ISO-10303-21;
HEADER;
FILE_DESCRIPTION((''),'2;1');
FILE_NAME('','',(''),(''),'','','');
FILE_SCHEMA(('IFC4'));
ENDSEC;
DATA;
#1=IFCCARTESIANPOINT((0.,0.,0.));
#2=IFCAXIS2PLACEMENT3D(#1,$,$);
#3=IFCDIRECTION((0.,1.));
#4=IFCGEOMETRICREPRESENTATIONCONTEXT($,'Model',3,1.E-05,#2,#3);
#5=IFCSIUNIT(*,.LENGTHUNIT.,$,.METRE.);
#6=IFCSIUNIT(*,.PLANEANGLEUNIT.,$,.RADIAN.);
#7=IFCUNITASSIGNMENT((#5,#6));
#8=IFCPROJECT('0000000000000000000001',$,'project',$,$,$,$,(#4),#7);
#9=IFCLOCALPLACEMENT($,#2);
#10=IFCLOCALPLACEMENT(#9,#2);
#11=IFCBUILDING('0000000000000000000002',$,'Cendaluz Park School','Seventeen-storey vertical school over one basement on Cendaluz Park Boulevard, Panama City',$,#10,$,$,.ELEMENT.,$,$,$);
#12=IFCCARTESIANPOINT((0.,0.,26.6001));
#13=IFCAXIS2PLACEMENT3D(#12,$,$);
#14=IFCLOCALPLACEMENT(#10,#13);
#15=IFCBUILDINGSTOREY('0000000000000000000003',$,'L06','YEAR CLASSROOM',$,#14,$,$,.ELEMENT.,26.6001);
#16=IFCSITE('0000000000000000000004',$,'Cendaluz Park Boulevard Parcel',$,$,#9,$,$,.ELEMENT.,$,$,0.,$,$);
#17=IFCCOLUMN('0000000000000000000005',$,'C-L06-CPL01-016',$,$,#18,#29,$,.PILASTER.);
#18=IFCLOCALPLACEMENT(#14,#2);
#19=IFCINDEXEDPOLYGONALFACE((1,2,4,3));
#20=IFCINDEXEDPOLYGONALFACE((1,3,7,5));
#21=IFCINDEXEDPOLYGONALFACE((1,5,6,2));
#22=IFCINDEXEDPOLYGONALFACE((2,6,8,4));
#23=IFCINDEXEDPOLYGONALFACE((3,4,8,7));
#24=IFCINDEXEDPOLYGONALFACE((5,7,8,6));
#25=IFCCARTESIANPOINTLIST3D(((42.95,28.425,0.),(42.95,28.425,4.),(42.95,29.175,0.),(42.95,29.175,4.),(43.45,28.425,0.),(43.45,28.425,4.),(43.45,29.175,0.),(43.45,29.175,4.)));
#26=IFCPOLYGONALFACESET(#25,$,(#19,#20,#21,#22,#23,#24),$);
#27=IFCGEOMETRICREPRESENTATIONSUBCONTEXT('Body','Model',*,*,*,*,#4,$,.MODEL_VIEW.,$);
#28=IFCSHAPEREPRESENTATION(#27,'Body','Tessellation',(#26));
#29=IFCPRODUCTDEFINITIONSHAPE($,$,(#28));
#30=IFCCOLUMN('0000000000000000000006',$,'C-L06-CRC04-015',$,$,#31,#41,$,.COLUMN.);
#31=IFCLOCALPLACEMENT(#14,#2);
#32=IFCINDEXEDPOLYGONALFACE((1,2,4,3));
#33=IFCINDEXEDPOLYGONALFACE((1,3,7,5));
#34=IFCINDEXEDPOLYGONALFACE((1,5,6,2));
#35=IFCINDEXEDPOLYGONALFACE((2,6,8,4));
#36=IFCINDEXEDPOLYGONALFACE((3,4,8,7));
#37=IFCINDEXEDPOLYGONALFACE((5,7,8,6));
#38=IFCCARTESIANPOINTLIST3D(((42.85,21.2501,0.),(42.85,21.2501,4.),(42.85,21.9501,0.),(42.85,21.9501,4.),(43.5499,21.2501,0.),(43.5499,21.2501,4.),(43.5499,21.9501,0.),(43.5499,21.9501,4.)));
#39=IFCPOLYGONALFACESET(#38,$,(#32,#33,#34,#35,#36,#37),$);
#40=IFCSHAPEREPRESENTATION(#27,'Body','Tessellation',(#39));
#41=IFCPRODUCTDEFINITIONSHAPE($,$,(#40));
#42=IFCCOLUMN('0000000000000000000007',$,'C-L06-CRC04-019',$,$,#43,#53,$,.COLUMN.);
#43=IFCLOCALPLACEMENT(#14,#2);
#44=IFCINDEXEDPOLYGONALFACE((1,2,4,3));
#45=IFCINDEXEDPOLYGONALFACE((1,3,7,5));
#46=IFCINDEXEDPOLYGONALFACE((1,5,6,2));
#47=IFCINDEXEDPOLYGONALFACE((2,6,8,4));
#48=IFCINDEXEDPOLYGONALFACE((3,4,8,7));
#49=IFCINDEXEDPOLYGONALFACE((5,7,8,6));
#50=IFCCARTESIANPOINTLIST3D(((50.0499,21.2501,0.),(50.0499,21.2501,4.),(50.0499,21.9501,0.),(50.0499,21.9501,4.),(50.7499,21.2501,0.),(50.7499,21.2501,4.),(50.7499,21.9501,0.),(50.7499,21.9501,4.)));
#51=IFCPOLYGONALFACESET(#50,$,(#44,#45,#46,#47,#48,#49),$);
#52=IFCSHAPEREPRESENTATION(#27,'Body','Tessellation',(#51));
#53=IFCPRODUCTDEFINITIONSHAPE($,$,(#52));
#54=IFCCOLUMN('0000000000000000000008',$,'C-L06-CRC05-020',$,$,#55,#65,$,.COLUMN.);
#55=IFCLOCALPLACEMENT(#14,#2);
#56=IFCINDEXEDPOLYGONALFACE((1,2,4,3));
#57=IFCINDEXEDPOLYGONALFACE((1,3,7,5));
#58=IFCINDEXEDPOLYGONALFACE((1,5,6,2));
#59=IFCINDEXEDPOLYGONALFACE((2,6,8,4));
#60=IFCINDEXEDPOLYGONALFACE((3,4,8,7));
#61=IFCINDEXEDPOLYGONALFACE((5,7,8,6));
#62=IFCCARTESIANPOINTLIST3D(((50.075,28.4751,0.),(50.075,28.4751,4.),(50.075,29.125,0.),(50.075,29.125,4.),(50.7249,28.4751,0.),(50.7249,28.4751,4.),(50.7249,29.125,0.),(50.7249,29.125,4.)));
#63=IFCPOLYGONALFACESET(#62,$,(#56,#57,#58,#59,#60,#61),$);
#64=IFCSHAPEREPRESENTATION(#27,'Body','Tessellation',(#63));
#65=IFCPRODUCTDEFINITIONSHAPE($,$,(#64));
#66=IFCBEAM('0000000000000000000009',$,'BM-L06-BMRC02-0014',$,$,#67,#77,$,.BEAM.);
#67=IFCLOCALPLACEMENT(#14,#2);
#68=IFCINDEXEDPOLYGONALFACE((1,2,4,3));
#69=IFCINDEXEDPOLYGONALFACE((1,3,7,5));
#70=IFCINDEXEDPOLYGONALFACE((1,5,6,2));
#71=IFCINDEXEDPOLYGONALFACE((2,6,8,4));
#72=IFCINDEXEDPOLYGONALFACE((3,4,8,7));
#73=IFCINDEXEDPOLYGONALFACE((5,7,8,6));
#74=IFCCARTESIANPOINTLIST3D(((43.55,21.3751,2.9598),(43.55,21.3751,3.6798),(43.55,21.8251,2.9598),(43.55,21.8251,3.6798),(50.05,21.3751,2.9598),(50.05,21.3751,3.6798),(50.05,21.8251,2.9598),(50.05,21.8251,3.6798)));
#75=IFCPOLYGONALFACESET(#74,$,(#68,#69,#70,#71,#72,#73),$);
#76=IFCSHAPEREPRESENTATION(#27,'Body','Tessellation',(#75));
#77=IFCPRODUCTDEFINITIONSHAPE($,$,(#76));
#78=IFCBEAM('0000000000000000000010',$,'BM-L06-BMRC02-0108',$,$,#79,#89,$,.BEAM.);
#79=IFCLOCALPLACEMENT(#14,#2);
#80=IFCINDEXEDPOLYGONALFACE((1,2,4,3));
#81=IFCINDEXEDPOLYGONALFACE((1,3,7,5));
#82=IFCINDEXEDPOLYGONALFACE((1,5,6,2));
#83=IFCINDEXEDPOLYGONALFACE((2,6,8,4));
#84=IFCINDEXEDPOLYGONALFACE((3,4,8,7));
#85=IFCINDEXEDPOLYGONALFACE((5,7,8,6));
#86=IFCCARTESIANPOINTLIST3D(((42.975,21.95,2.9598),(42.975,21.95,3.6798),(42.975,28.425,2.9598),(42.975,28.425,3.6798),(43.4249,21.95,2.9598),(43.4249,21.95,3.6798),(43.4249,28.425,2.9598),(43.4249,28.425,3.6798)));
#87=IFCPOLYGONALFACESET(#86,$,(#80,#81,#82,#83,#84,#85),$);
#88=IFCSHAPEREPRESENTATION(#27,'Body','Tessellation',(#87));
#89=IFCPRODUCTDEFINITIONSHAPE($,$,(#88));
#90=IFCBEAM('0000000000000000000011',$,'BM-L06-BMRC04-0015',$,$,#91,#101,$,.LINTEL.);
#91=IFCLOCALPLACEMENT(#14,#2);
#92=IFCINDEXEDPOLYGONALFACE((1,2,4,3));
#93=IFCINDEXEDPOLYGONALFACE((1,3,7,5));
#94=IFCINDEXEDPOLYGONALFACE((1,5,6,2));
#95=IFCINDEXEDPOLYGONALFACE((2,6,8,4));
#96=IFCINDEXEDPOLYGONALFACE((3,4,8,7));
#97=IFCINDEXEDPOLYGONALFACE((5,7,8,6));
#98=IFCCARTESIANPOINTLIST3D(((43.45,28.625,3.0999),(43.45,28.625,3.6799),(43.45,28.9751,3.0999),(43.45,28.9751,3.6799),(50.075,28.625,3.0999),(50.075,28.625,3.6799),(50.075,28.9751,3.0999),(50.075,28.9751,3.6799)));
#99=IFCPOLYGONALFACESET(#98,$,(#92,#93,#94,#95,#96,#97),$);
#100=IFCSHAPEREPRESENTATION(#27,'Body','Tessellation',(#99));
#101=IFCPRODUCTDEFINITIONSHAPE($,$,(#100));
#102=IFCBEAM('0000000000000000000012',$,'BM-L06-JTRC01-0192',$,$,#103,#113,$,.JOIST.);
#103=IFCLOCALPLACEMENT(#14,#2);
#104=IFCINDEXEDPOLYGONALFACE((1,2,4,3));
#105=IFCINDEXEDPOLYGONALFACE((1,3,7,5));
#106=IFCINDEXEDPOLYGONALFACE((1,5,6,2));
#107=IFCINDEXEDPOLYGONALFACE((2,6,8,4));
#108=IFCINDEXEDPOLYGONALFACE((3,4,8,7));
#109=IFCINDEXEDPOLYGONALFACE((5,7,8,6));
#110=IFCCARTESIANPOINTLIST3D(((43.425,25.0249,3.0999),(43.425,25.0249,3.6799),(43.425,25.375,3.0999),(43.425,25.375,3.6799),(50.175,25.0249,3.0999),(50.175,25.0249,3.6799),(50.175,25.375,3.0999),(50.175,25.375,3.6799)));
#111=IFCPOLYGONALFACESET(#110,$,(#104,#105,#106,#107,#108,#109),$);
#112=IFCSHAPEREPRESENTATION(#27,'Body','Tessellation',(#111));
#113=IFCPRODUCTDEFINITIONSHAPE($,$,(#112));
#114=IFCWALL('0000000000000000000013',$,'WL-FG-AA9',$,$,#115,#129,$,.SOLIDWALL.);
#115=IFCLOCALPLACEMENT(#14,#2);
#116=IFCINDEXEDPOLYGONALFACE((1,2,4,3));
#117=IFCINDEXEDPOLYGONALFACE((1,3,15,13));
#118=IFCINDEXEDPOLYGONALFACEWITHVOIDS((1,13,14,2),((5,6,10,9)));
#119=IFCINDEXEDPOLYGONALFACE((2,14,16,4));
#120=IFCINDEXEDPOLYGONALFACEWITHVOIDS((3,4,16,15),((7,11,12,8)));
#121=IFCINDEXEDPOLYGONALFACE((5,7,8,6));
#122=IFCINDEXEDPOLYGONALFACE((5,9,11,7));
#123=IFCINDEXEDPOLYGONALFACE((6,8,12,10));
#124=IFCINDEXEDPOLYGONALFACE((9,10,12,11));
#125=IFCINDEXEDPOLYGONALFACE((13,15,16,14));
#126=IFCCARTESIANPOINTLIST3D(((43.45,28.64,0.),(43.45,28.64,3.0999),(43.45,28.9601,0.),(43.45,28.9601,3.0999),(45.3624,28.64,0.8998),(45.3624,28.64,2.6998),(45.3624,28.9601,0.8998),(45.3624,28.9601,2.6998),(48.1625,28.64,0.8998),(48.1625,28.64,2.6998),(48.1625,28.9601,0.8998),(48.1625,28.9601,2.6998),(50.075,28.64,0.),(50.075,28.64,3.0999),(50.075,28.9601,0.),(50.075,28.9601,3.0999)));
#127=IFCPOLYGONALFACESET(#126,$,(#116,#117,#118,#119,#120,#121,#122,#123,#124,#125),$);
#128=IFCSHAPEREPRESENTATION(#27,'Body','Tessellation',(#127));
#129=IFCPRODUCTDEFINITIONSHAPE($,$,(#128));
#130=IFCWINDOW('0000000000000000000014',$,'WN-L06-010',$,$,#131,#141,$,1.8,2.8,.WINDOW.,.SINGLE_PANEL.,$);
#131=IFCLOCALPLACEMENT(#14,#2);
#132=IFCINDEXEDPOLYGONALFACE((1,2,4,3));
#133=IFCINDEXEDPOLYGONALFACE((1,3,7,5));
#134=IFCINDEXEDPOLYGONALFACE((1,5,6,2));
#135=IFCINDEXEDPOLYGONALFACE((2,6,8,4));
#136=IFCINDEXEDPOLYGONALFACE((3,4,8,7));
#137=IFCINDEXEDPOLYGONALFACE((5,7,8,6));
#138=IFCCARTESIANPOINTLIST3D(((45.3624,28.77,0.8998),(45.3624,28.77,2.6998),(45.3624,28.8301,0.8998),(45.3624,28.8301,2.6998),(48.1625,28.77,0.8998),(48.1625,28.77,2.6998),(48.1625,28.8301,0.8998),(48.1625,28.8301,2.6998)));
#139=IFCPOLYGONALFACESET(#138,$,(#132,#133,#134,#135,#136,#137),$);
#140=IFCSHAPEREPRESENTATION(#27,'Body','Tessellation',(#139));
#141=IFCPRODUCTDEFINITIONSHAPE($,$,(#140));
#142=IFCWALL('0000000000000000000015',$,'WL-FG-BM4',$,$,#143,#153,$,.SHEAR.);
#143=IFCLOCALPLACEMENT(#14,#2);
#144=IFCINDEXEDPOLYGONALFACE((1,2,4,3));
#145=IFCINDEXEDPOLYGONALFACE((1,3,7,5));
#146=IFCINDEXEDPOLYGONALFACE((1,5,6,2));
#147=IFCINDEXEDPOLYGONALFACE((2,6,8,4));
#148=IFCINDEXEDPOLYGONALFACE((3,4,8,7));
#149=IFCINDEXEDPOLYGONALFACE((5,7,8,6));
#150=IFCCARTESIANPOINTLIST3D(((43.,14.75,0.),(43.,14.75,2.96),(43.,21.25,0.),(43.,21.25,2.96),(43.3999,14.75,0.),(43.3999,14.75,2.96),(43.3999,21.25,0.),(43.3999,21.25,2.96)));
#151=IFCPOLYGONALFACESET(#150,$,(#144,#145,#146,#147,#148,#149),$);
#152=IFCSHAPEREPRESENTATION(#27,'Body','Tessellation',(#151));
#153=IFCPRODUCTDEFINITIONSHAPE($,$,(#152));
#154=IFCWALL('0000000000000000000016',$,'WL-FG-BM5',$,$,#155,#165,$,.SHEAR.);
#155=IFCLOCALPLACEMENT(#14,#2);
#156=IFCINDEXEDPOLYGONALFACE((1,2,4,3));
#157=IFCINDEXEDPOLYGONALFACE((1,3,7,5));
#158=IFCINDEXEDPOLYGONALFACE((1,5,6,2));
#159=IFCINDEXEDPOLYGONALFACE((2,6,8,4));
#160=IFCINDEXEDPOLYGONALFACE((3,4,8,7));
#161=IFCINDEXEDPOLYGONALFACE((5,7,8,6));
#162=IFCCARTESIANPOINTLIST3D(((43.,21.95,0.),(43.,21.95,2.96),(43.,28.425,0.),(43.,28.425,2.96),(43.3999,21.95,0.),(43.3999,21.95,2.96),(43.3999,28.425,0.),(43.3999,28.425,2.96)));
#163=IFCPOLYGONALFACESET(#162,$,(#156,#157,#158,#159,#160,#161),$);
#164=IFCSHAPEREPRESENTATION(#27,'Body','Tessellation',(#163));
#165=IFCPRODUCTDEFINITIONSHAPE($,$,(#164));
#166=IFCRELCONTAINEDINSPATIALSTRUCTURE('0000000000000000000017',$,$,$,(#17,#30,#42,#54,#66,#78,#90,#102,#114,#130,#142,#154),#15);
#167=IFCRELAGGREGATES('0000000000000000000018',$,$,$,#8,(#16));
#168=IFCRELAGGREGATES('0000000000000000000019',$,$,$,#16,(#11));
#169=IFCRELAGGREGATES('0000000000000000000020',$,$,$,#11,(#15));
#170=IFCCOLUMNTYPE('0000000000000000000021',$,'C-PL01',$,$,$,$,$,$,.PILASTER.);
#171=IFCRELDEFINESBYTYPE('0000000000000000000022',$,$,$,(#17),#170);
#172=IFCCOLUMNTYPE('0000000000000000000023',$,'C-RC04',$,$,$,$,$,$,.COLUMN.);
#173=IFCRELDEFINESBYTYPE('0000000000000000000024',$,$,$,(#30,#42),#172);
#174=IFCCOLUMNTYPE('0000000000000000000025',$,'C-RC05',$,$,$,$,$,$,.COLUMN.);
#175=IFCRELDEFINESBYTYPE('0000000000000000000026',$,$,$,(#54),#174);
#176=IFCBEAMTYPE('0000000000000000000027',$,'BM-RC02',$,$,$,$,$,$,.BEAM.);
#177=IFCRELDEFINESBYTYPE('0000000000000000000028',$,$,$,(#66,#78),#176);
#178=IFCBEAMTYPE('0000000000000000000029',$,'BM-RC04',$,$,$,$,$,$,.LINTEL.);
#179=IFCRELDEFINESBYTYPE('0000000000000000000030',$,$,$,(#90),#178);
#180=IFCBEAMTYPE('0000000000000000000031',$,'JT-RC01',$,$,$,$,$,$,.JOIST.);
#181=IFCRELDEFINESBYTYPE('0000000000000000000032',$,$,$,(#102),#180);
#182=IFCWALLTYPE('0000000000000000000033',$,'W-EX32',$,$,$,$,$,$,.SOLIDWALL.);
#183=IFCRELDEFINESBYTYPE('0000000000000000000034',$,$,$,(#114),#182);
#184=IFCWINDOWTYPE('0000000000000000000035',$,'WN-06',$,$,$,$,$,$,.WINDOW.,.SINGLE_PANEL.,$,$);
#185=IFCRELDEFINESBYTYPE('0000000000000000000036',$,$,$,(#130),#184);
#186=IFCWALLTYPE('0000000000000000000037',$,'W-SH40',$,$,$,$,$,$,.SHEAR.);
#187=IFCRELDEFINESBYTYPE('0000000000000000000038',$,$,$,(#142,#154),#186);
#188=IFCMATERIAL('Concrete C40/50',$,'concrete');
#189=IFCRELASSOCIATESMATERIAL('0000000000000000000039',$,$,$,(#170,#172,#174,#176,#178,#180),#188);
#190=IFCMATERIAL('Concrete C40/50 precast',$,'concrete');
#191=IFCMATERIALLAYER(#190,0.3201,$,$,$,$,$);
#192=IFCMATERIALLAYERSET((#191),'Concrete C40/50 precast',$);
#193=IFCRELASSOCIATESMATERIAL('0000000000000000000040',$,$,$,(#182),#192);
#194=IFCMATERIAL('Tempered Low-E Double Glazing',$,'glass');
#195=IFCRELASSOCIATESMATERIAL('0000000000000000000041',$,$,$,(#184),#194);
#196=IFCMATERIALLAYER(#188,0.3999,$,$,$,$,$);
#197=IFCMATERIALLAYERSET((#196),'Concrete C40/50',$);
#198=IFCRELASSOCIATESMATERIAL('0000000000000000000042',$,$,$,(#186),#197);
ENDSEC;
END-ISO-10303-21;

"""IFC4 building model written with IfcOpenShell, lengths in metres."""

from ifc_helpers import new_model, si_unit, direction, frame, frame_2d, origin, origin_2d, place, context, subcontext, project, spatial, rectangle, extrude, material, layer, layer_set, material_profile, profile_set, type_object, element, fill, save


model = new_model("IFC4")

# Units and contexts
model_context = context("Model", 3, precision=1e-05, world=origin(), true_north=direction((0.0, 1.0)))
body_context = subcontext(model_context, "Body", "Model", "MODEL_VIEW")
ifc_project = project(units=[si_unit("LENGTHUNIT", "METRE"), si_unit("PLANEANGLEUNIT", "RADIAN")], contexts=[model_context])

# Site, building, storey
site_placement = place(None, origin())
site = spatial("IfcSite", under=ifc_project, at=site_placement, Name="Cendaluz Park Boulevard Parcel", CompositionType="ELEMENT", RefElevation=0.0)
building_placement = place(site_placement, origin())
building = spatial("IfcBuilding", under=site, at=building_placement, Name="Cendaluz Park School", Description="Seventeen-storey vertical school over one basement on Cendaluz Park Boulevard, Panama City", CompositionType="ELEMENT")
storey_placement = place(building_placement, frame((0.0, 0.0, 26.6001)))
storey = spatial("IfcBuildingStorey", under=building, at=storey_placement, Name="L06", Description="YEAR CLASSROOM", CompositionType="ELEMENT", Elevation=26.6001)

# Columns
ifc_material_1 = material(Name="Concrete C40/50", Category="concrete")
ifc_material_profile_1 = material_profile(ifc_material_1, rectangle(XDim=0.5, YDim=0.75, at=origin_2d()), Name="RC 500x750", Category="concrete")
ifc_profile_set_1 = profile_set([ifc_material_profile_1], Name="Concrete C40/50")
column_type_1 = type_object("IfcColumnType", Name="C-PL01", PredefinedType="PILASTER", material=ifc_profile_set_1)
column_1_placement = place(storey_placement, frame((43.2, 28.8, 0.0), z_axis=(0.0, 0.0, 1.0), x_axis=(1.0, 0.0, 0.0)))
element("IfcColumn", 1, at=column_1_placement, inside=storey, type_object=column_type_1, Name="C-L06-CPL01-016", PredefinedType="PILASTER", context=body_context, shape_type="SweptSolid", body=[
    extrude(rectangle(XDim=0.5, YDim=0.75, at=origin_2d()), origin(), (0.0, 0.0, 1.0), 4.0),
])
ifc_material_profile_2 = material_profile(ifc_material_1, rectangle(XDim=0.7, YDim=0.7, at=origin_2d()), Name="RC 700x700", Category="concrete")
ifc_profile_set_2 = profile_set([ifc_material_profile_2], Name="Concrete C40/50")
column_type_2 = type_object("IfcColumnType", Name="C-RC04", PredefinedType="COLUMN", material=ifc_profile_set_2)
for number, where, z_axis, x_axis, name in (
    (2, (43.2, 21.6001, 0.0), (0.0, 0.0, 1.0), (1.0, 0.0, 0.0), "C-L06-CRC04-015"),
    (3, (50.3999, 21.6001, 0.0), (0.0, 0.0, 1.0), (1.0, 0.0, 0.0), "C-L06-CRC04-019"),
):
    element("IfcColumn", number, at=place(storey_placement, frame(where, z_axis=z_axis, x_axis=x_axis)), inside=storey, type_object=column_type_2, Name=name, PredefinedType="COLUMN", context=body_context, shape_type="SweptSolid", body=[
        extrude(rectangle(XDim=0.7, YDim=0.7, at=origin_2d()), origin(), (0.0, 0.0, 1.0), 4.0),
    ])
ifc_material_profile_3 = material_profile(ifc_material_1, rectangle(XDim=0.6499, YDim=0.6499, at=origin_2d()), Name="RC 650x650", Category="concrete")
ifc_profile_set_3 = profile_set([ifc_material_profile_3], Name="Concrete C40/50")
column_type_3 = type_object("IfcColumnType", Name="C-RC05", PredefinedType="COLUMN", material=ifc_profile_set_3)
column_2_placement = place(storey_placement, frame((50.3999, 28.8, 0.0), z_axis=(0.0, 0.0, 1.0), x_axis=(1.0, 0.0, 0.0)))
element("IfcColumn", 4, at=column_2_placement, inside=storey, type_object=column_type_3, Name="C-L06-CRC05-020", PredefinedType="COLUMN", context=body_context, shape_type="SweptSolid", body=[
    extrude(rectangle(XDim=0.6499, YDim=0.6499, at=origin_2d()), origin(), (0.0, 0.0, 1.0), 4.0),
])

# Beams
ifc_material_profile_4 = material_profile(ifc_material_1, rectangle(XDim=0.45, YDim=0.72, at=origin_2d()), Name="RC 450x720", Category="concrete")
ifc_profile_set_4 = profile_set([ifc_material_profile_4], Name="Concrete C40/50")
beam_type_1 = type_object("IfcBeamType", Name="BM-RC02", PredefinedType="BEAM", material=ifc_profile_set_4)
beam_1_placement = place(storey_placement, frame((43.55, 21.6001, 3.3198), z_axis=(1.0, 0.0, 0.0), x_axis=(0.0, 1.0, 0.0)))
element("IfcBeam", 5, at=beam_1_placement, inside=storey, type_object=beam_type_1, Name="BM-L06-BMRC02-0014", PredefinedType="BEAM", context=body_context, shape_type="SweptSolid", body=[
    extrude(rectangle(XDim=0.45, YDim=0.72, at=origin_2d()), origin(), (0.0, 0.0, 1.0), 6.5),
])
beam_2_placement = place(storey_placement, frame((43.2, 21.95, 3.3198), z_axis=(0.0, 1.0, 0.0), x_axis=(-1.0, 0.0, 0.0)))
element("IfcBeam", 6, at=beam_2_placement, inside=storey, type_object=beam_type_1, Name="BM-L06-BMRC02-0108", PredefinedType="BEAM", context=body_context, shape_type="SweptSolid", body=[
    extrude(rectangle(XDim=0.45, YDim=0.72, at=origin_2d()), origin(), (0.0, 0.0, 1.0), 6.4751),
])
ifc_material_profile_5 = material_profile(ifc_material_1, rectangle(XDim=0.3501, YDim=0.5801, at=origin_2d()), Name="RC 350x580", Category="concrete")
ifc_profile_set_5 = profile_set([ifc_material_profile_5], Name="Concrete C40/50")
beam_type_2 = type_object("IfcBeamType", Name="BM-RC04", PredefinedType="LINTEL", material=ifc_profile_set_5)
beam_3_placement = place(storey_placement, frame((43.45, 28.8, 3.3899), z_axis=(1.0, 0.0, 0.0), x_axis=(0.0, 1.0, 0.0)))
element("IfcBeam", 7, at=beam_3_placement, inside=storey, type_object=beam_type_2, Name="BM-L06-BMRC04-0015", PredefinedType="LINTEL", context=body_context, shape_type="SweptSolid", body=[
    extrude(rectangle(XDim=0.3501, YDim=0.5801, at=origin_2d()), origin(), (0.0, 0.0, 1.0), 6.625),
])
ifc_material_profile_6 = material_profile(ifc_material_1, rectangle(XDim=0.3501, YDim=0.5801, at=origin_2d()), Name="RC 350x580", Category="concrete")
ifc_profile_set_6 = profile_set([ifc_material_profile_6], Name="Concrete C40/50")
beam_type_3 = type_object("IfcBeamType", Name="JT-RC01", PredefinedType="JOIST", material=ifc_profile_set_6)
beam_4_placement = place(storey_placement, frame((43.425, 25.2, 3.3899), z_axis=(1.0, 0.0, 0.0), x_axis=(0.0, 1.0, 0.0)))
element("IfcBeam", 8, at=beam_4_placement, inside=storey, type_object=beam_type_3, Name="BM-L06-JTRC01-0192", PredefinedType="JOIST", context=body_context, shape_type="SweptSolid", body=[
    extrude(rectangle(XDim=0.3501, YDim=0.5801, at=origin_2d()), origin(), (0.0, 0.0, 1.0), 6.75),
])

# Wall, opening, window
ifc_material_2 = material(Name="Concrete C40/50 precast", Category="concrete")
ifc_layer_1 = layer(ifc_material_2, 0.3201)
ifc_layer_set_1 = layer_set([ifc_layer_1], Name="Concrete C40/50 precast")
wall_type_1 = type_object("IfcWallType", Name="W-EX32", PredefinedType="SOLIDWALL", material=ifc_layer_set_1)
wall_1_placement = place(storey_placement, frame((43.45, 28.8, 0.0), z_axis=(0.0, 0.0, 1.0), x_axis=(1.0, 0.0, 0.0)))
wall_1 = element("IfcWall", 9, at=wall_1_placement, inside=storey, type_object=wall_type_1, Name="WL-FG-AA9", PredefinedType="SOLIDWALL", context=body_context, shape_type="SweptSolid", body=[
    extrude(rectangle(XDim=6.625, YDim=0.3201, at=frame_2d((3.3125, 0.0))), origin(), (0.0, 0.0, 1.0), 3.0999),
])
opening_1_placement = place(wall_1_placement, frame((1.9126, 0.0, 0.8999)))
opening_1 = element("IfcOpeningElement", 10, at=opening_1_placement, cuts=wall_1, PredefinedType="OPENING", context=body_context, shape_type="SweptSolid", body=[
    extrude(rectangle(XDim=2.8, YDim=1.8, at=frame_2d((1.3999, 0.8999))), frame((0.0, 0.1721, 0.0), z_axis=(0.0, -1.0, 0.0), x_axis=(1.0, 0.0, 0.0)), (0.0, 0.0, 1.0), 0.344),
])
ifc_material_3 = material(Name="Tempered Low-E Double Glazing", Category="glass")
window_type = type_object("IfcWindowType", Name="WN-06", PartitioningType="SINGLE_PANEL", PredefinedType="WINDOW", material=ifc_material_3)
window_placement = place(opening_1_placement, origin())
window = element("IfcWindow", 11, at=window_placement, inside=storey, type_object=window_type, Name="WN-L06-010", OverallHeight=1.8, OverallWidth=2.8, PartitioningType="SINGLE_PANEL", PredefinedType="WINDOW", context=body_context, shape_type="SweptSolid", body=[
    extrude(rectangle(XDim=2.8, YDim=1.8, at=frame_2d((1.3999, 0.8999))), frame((0.0, 0.03, 0.0), z_axis=(0.0, -1.0, 0.0), x_axis=(1.0, 0.0, 0.0)), (0.0, 0.0, 1.0), 0.0601),
])
fill(opening_1, window)

# Walls
ifc_layer_2 = layer(ifc_material_1, 0.3999)
ifc_layer_set_2 = layer_set([ifc_layer_2], Name="Concrete C40/50")
wall_type_2 = type_object("IfcWallType", Name="W-SH40", PredefinedType="SHEAR", material=ifc_layer_set_2)
wall_2_placement = place(storey_placement, frame((43.2, 14.75, 0.0), z_axis=(0.0, 0.0, 1.0), x_axis=(0.0, 1.0, 0.0)))
element("IfcWall", 12, at=wall_2_placement, inside=storey, type_object=wall_type_2, Name="WL-FG-BM4", PredefinedType="SHEAR", context=body_context, shape_type="SweptSolid", body=[
    extrude(rectangle(XDim=6.5, YDim=0.3999, at=frame_2d((3.25, 0.0))), origin(), (0.0, 0.0, 1.0), 2.96),
])
wall_3_placement = place(storey_placement, frame((43.2, 21.95, 0.0), z_axis=(0.0, 0.0, 1.0), x_axis=(0.0, 1.0, 0.0)))
element("IfcWall", 13, at=wall_3_placement, inside=storey, type_object=wall_type_2, Name="WL-FG-BM5", PredefinedType="SHEAR", context=body_context, shape_type="SweptSolid", body=[
    extrude(rectangle(XDim=6.4751, YDim=0.3999, at=frame_2d((3.2375, 0.0))), origin(), (0.0, 0.0, 1.0), 2.96),
])

save(model, "model.ifc")
